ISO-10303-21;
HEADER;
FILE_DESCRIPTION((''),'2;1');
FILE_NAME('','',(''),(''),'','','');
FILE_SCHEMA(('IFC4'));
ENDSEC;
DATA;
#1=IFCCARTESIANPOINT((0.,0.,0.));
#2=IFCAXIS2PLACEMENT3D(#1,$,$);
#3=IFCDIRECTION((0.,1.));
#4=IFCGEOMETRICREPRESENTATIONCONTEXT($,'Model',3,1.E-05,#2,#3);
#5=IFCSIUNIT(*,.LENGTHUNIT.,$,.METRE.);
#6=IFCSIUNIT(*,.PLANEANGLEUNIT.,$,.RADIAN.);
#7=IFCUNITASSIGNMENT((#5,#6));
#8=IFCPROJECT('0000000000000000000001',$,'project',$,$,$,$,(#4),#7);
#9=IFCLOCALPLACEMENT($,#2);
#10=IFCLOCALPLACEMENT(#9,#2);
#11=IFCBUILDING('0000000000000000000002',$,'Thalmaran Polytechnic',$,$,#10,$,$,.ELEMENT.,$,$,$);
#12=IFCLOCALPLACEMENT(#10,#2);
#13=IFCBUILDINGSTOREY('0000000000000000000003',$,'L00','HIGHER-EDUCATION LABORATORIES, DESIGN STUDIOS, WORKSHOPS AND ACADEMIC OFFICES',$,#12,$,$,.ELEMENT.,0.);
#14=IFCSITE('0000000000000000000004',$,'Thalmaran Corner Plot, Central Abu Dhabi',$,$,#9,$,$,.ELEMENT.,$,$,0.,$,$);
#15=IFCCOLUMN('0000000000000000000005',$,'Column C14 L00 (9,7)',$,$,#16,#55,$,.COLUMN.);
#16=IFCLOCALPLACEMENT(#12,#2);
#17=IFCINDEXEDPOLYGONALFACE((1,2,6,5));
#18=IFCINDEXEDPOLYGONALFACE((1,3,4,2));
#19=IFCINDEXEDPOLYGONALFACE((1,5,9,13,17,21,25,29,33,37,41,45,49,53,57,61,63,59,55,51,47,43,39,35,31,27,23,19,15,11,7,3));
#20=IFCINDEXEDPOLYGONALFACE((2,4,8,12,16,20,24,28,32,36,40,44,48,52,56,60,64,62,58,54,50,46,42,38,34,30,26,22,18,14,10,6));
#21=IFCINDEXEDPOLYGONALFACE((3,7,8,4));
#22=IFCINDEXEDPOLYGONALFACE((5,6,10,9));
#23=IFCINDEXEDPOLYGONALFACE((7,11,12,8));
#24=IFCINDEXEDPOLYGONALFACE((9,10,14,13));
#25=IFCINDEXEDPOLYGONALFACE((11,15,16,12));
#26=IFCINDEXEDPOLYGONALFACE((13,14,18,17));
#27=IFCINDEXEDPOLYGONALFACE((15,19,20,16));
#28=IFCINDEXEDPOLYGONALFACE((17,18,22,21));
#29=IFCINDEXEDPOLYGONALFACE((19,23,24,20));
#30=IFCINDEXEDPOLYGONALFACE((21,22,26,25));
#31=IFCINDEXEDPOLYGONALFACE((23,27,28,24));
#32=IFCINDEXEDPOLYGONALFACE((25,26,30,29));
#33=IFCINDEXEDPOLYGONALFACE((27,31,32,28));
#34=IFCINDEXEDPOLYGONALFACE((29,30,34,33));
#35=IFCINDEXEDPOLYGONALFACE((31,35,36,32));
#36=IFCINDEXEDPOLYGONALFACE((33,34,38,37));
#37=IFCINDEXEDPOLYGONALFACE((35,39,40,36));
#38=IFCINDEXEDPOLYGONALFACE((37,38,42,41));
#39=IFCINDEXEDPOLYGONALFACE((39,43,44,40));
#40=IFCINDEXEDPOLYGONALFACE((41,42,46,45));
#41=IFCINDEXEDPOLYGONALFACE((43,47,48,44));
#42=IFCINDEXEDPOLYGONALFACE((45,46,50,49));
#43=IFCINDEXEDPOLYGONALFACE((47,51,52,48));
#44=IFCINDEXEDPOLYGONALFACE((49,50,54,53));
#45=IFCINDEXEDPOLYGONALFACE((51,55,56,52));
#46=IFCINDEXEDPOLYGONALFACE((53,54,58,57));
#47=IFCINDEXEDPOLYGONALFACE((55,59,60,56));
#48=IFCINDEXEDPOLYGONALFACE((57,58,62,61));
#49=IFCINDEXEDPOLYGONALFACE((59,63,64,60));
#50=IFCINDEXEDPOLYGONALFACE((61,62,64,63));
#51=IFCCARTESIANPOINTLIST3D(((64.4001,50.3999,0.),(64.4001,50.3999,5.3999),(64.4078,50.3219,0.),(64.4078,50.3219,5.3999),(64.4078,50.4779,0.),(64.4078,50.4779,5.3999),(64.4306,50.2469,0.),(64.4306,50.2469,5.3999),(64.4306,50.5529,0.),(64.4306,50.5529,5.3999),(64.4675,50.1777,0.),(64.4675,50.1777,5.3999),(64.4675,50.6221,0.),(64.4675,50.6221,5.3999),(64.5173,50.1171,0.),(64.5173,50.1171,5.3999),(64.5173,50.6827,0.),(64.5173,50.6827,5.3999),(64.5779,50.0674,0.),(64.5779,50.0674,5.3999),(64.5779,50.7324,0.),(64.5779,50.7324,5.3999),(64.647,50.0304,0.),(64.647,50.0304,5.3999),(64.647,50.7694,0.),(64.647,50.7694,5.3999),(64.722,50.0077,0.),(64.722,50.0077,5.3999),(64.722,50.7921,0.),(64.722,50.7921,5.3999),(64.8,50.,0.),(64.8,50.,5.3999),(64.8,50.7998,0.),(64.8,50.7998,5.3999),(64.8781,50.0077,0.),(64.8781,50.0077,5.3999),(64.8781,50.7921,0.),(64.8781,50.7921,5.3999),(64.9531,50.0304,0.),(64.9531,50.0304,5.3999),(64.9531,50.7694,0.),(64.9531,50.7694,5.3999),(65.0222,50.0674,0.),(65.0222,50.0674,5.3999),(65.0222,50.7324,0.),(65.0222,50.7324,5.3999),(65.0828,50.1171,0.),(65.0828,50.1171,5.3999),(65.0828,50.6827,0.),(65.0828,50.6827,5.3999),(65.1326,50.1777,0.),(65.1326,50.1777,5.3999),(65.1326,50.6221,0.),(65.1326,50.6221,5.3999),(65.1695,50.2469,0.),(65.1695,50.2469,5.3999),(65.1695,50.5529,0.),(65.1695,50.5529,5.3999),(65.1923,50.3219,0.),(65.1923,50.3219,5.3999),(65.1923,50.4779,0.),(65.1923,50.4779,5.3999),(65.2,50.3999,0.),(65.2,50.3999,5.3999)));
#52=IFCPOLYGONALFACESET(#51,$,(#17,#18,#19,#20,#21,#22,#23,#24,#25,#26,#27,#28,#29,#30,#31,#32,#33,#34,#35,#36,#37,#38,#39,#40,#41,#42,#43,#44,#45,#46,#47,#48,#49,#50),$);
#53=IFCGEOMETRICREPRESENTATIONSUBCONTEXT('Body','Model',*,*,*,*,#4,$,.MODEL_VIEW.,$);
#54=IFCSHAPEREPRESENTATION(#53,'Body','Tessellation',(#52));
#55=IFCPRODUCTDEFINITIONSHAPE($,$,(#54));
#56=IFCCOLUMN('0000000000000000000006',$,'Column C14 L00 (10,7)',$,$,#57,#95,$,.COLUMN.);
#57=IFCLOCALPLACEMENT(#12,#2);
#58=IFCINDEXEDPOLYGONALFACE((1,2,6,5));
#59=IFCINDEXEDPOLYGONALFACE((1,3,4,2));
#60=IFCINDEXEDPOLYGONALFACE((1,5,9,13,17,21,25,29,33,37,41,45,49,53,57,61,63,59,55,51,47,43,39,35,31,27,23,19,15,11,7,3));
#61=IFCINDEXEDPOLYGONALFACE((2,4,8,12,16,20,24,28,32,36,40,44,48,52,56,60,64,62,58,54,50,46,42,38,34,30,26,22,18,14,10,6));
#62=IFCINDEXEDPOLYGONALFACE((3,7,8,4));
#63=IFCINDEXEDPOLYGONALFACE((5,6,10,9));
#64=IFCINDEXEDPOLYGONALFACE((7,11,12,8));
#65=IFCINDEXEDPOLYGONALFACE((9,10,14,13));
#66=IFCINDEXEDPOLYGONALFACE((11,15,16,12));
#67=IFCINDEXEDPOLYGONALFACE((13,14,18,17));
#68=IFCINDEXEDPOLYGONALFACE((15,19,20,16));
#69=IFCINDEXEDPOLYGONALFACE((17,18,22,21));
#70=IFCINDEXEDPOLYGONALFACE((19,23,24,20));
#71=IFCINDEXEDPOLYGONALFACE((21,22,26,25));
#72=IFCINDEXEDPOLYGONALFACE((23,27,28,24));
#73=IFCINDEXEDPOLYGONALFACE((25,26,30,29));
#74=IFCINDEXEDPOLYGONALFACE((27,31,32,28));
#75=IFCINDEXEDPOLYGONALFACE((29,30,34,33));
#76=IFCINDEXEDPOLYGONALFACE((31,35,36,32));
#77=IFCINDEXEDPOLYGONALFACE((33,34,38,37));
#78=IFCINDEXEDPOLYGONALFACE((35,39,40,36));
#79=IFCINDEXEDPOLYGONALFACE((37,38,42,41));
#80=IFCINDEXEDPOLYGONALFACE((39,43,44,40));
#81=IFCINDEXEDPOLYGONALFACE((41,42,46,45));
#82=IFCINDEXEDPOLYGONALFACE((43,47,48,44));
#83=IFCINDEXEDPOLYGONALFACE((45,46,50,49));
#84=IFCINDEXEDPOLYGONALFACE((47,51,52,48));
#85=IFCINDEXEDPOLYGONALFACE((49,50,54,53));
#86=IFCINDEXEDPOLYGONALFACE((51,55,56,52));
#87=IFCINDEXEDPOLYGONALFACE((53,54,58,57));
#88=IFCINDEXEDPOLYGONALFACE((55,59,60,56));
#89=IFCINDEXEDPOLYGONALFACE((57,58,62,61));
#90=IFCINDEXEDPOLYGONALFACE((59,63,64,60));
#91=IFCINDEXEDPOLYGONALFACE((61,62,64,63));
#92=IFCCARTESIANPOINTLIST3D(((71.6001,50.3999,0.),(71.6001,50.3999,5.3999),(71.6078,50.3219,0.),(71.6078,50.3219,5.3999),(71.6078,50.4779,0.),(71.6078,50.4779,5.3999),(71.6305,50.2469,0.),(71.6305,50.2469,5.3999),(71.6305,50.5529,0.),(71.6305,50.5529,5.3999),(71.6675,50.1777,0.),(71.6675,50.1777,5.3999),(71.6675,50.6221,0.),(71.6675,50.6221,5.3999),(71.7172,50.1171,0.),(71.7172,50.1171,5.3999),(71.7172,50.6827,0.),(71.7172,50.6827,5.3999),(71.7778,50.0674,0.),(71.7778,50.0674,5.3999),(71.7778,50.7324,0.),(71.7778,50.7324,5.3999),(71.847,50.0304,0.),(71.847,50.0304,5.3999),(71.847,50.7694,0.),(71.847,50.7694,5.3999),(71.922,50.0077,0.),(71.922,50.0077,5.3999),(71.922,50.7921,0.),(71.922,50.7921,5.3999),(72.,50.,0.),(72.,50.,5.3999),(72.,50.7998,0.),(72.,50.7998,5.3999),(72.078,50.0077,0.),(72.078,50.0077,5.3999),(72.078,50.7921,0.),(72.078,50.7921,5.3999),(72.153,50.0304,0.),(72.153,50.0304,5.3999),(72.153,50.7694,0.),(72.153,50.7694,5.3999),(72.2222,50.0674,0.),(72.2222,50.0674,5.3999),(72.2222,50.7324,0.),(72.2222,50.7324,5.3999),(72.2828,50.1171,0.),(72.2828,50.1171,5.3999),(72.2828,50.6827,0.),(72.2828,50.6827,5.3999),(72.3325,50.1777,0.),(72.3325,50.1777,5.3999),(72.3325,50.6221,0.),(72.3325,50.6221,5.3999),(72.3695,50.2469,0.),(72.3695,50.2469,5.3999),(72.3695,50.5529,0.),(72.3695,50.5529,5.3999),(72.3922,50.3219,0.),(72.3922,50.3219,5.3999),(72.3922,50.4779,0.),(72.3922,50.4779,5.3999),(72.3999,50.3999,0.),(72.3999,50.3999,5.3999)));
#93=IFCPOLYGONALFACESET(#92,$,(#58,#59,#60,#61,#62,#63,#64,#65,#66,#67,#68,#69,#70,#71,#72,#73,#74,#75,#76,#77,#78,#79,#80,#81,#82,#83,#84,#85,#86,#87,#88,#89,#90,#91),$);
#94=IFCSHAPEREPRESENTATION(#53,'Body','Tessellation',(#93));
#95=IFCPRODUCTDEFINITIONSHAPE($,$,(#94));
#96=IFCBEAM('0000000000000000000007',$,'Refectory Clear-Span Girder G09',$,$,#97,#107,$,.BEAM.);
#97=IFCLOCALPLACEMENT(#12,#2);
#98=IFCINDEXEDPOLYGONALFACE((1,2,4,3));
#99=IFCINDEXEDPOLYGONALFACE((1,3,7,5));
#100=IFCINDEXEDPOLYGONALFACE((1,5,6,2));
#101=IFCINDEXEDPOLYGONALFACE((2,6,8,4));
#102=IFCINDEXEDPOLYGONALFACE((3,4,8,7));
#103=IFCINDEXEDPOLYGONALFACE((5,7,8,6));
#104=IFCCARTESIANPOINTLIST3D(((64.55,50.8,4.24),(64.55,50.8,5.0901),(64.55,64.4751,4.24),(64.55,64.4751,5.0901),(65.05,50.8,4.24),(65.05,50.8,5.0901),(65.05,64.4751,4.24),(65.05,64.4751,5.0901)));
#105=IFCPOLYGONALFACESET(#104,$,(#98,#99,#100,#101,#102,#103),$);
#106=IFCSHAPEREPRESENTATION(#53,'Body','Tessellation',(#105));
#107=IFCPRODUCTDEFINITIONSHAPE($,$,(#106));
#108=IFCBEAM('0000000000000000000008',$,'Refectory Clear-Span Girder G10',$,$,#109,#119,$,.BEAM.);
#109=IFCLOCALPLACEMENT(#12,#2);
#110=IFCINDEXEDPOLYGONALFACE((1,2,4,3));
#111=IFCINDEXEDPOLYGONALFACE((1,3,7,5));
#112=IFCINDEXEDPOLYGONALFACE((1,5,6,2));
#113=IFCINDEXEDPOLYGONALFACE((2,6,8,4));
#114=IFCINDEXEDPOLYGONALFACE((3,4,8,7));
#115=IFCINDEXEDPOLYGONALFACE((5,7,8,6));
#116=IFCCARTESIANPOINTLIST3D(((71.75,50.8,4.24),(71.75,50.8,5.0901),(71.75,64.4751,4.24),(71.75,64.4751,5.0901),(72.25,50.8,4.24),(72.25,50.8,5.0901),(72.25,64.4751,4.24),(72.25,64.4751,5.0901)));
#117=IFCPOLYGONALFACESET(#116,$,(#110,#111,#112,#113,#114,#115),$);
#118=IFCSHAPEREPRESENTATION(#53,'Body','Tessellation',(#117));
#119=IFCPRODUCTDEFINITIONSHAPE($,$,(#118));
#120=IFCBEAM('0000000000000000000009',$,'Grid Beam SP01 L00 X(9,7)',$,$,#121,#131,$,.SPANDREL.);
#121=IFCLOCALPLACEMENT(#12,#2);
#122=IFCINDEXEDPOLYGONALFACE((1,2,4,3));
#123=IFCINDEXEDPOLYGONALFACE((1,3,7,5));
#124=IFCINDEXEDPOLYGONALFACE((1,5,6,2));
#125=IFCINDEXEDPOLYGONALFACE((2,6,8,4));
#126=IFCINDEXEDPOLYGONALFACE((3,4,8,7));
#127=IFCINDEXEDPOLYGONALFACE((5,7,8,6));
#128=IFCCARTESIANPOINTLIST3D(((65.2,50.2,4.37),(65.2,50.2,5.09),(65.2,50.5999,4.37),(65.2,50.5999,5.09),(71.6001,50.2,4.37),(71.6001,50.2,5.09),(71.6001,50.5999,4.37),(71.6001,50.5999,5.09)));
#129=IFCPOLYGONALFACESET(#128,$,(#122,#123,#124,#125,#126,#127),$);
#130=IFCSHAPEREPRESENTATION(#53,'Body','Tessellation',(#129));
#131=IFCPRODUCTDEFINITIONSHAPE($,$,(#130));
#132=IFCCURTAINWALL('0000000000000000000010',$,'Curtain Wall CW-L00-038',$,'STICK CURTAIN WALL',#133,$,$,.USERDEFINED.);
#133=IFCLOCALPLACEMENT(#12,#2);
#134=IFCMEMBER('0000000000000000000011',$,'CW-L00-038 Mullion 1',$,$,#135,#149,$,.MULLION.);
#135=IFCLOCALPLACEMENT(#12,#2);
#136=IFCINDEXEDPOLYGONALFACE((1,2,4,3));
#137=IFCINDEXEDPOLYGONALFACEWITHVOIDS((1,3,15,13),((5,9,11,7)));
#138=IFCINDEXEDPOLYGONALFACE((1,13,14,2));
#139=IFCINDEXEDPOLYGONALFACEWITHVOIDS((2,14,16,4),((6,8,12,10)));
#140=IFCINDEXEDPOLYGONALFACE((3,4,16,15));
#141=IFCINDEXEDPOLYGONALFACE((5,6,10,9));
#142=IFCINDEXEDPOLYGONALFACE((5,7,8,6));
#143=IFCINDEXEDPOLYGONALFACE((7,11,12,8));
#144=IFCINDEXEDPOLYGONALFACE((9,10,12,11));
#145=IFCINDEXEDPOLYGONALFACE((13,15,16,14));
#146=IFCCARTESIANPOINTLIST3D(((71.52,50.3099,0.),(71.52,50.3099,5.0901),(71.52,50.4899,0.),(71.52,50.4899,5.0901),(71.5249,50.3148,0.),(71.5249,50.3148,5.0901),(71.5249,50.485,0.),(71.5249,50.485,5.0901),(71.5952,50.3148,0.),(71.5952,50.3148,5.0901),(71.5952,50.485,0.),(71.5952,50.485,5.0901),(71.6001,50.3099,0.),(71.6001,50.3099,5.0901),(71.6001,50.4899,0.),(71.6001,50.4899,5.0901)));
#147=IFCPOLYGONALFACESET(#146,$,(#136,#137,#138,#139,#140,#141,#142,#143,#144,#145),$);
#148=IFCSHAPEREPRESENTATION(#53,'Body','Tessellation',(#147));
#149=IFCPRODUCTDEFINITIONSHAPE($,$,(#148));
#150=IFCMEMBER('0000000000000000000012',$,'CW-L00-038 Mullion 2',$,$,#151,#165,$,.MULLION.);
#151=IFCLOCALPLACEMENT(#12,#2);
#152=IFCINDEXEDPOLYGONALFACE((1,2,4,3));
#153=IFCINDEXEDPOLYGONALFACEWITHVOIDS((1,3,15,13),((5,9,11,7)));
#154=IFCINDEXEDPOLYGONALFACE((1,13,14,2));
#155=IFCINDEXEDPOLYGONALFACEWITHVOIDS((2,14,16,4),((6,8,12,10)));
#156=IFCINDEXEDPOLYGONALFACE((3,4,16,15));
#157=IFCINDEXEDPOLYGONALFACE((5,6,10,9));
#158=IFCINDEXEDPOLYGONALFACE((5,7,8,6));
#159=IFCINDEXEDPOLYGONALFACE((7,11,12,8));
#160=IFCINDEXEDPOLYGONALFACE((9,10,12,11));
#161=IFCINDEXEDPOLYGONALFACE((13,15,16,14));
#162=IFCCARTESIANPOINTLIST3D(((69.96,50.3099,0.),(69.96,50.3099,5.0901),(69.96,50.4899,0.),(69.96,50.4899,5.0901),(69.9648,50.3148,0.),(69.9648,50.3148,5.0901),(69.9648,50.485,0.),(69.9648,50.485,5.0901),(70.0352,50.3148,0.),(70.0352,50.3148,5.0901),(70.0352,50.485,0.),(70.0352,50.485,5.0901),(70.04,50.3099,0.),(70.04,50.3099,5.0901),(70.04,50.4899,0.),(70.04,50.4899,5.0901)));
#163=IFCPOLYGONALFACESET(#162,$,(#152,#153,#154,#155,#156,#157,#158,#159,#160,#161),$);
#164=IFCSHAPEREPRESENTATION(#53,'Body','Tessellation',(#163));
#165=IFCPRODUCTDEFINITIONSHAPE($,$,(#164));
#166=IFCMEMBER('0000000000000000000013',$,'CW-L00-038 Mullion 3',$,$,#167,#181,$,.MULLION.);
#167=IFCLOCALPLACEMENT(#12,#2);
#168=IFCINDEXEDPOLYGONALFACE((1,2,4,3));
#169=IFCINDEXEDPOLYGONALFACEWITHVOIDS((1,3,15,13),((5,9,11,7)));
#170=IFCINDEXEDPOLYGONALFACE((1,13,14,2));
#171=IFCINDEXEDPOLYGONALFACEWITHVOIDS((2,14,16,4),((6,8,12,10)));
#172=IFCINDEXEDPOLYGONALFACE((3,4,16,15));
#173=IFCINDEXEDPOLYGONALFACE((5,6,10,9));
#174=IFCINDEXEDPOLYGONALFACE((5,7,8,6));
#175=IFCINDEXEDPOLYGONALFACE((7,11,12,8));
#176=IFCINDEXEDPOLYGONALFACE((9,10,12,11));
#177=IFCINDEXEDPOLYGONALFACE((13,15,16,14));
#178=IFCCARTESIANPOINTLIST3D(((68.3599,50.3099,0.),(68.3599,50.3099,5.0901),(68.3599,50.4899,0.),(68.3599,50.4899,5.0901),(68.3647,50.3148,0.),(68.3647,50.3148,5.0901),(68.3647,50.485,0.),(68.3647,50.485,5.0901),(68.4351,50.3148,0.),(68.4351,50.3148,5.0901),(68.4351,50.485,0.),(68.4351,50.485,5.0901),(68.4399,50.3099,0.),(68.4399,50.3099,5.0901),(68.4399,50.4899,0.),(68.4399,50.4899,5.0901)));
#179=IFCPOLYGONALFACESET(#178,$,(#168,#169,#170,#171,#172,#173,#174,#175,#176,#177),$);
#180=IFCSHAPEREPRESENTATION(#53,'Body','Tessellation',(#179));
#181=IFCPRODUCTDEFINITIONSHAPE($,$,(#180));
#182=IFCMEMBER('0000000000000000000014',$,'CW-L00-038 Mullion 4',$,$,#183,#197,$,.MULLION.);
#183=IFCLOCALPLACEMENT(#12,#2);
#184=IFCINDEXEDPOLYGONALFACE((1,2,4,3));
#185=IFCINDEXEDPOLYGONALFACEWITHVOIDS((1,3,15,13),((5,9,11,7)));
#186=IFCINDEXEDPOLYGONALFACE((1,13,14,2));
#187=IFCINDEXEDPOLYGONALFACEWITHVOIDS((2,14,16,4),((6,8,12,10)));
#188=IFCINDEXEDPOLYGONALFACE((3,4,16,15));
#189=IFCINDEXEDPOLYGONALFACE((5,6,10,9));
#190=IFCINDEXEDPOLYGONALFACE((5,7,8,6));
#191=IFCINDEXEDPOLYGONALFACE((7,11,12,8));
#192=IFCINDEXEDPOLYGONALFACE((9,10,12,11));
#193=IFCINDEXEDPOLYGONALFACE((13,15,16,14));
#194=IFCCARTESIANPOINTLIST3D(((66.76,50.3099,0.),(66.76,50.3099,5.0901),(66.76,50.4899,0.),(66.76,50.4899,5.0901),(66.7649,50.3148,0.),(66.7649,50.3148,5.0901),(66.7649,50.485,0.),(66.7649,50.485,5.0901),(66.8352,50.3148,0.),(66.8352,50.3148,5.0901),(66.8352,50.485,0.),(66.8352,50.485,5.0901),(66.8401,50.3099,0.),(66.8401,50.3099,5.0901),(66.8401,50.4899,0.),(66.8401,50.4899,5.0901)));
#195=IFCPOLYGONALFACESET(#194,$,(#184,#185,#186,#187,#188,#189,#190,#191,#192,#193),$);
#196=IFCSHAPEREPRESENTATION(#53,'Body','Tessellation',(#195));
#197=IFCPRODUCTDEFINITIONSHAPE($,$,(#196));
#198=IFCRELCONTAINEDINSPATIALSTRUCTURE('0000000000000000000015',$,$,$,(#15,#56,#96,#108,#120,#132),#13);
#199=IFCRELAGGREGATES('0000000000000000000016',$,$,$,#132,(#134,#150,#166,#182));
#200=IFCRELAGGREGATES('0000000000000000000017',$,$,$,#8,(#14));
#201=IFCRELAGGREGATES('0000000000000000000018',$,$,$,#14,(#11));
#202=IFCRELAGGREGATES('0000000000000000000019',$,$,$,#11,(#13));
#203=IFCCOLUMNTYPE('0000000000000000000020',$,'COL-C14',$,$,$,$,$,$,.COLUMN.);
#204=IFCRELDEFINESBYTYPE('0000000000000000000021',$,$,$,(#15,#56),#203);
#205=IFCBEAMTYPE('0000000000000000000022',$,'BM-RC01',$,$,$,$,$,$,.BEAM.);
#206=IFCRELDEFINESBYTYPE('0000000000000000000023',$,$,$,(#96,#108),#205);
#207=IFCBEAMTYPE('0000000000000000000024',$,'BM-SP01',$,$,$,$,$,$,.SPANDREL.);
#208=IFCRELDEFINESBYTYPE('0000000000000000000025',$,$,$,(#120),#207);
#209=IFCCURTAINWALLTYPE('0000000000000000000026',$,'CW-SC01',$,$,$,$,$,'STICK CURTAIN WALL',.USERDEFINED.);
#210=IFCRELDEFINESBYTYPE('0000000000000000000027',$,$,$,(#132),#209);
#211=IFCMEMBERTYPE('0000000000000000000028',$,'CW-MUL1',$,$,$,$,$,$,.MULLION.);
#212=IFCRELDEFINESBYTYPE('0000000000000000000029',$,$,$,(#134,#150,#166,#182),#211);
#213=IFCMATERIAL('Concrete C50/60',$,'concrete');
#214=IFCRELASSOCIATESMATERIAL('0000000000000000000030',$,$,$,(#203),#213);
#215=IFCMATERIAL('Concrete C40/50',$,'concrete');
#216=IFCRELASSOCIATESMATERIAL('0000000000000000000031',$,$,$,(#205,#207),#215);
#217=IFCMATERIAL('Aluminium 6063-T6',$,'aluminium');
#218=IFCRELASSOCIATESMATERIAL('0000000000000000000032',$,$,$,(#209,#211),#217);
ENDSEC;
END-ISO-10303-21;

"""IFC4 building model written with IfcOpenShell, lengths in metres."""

from ifc_helpers import new_model, si_unit, direction, frame, origin, origin_2d, place, context, subcontext, project, spatial, rectangle, hollow_rectangle, circle, extrude, material, material_profile, profile_set, type_object, element, aggregate, save


model = new_model("IFC4")

# Units and contexts
model_context = context("Model", 3, precision=1e-05, world=origin(), true_north=direction((0.0, 1.0)))
body_context = subcontext(model_context, "Body", "Model", "MODEL_VIEW")
ifc_project = project(units=[si_unit("LENGTHUNIT", "METRE"), si_unit("PLANEANGLEUNIT", "RADIAN")], contexts=[model_context])

# Site, building, storey
site_placement = place(None, origin())
site = spatial("IfcSite", under=ifc_project, at=site_placement, Name="Thalmaran Corner Plot, Central Abu Dhabi", CompositionType="ELEMENT", RefElevation=0.0)
building_placement = place(site_placement, origin())
building = spatial("IfcBuilding", under=site, at=building_placement, Name="Thalmaran Polytechnic", CompositionType="ELEMENT")
storey_placement = place(building_placement, origin())
storey = spatial("IfcBuildingStorey", under=building, at=storey_placement, Name="L00", Description="HIGHER-EDUCATION LABORATORIES, DESIGN STUDIOS, WORKSHOPS AND ACADEMIC OFFICES", CompositionType="ELEMENT", Elevation=0.0)

# Columns
ifc_material_1 = material(Name="Concrete C50/60", Category="concrete")
ifc_material_profile_1 = material_profile(ifc_material_1, circle(Radius=0.3999, at=origin_2d()), Name="RC 800 DIA")
ifc_profile_set_1 = profile_set([ifc_material_profile_1], Name="Concrete C50/60")
column_type = type_object("IfcColumnType", Name="COL-C14", PredefinedType="COLUMN", material=ifc_profile_set_1)
for number, where, z_axis, x_axis, name in (
    (1, (64.8, 50.3999, 0.0), (0.0, 0.0, 1.0), (1.0, 0.0, 0.0), "Column C14 L00 (9,7)"),
    (2, (72.0, 50.3999, 0.0), (0.0, 0.0, 1.0), (1.0, 0.0, 0.0), "Column C14 L00 (10,7)"),
):
    element("IfcColumn", number, at=place(storey_placement, frame(where, z_axis=z_axis, x_axis=x_axis)), inside=storey, type_object=column_type, Name=name, PredefinedType="COLUMN", context=body_context, shape_type="SweptSolid", body=[
        extrude(circle(Radius=0.3999, at=origin_2d()), origin(), (0.0, 0.0, 1.0), 5.3999),
    ])

# Beams
ifc_material_2 = material(Name="Concrete C40/50", Category="concrete")
ifc_material_profile_2 = material_profile(ifc_material_2, rectangle(XDim=0.5, YDim=0.8501, at=origin_2d()), Name="RC 500x850")
ifc_profile_set_2 = profile_set([ifc_material_profile_2], Name="Concrete C40/50")
beam_type_1 = type_object("IfcBeamType", Name="BM-RC01", PredefinedType="BEAM", material=ifc_profile_set_2)
for number, where, z_axis, x_axis, name in (
    (3, (64.8, 50.8, 4.665), (0.0, 1.0, 0.0), (-1.0, 0.0, 0.0), "Refectory Clear-Span Girder G09"),
    (4, (72.0, 50.8, 4.665), (0.0, 1.0, 0.0), (-1.0, 0.0, 0.0), "Refectory Clear-Span Girder G10"),
):
    element("IfcBeam", number, at=place(storey_placement, frame(where, z_axis=z_axis, x_axis=x_axis)), inside=storey, type_object=beam_type_1, Name=name, PredefinedType="BEAM", context=body_context, shape_type="SweptSolid", body=[
        extrude(rectangle(XDim=0.5, YDim=0.8501, at=origin_2d()), origin(), (0.0, 0.0, 1.0), 13.675),
    ])
ifc_material_profile_3 = material_profile(ifc_material_2, rectangle(XDim=0.3999, YDim=0.72, at=origin_2d()), Name="RC 400x720")
ifc_profile_set_3 = profile_set([ifc_material_profile_3], Name="Concrete C40/50")
beam_type_2 = type_object("IfcBeamType", Name="BM-SP01", PredefinedType="SPANDREL", material=ifc_profile_set_3)
beam_placement = place(storey_placement, frame((65.2, 50.3999, 4.73), z_axis=(1.0, 0.0, 0.0), x_axis=(0.0, 1.0, 0.0)))
element("IfcBeam", 5, at=beam_placement, inside=storey, type_object=beam_type_2, Name="Grid Beam SP01 L00 X(9,7)", PredefinedType="SPANDREL", context=body_context, shape_type="SweptSolid", body=[
    extrude(rectangle(XDim=0.3999, YDim=0.72, at=origin_2d()), origin(), (0.0, 0.0, 1.0), 6.4001),
])

# Curtain wall, members
ifc_material_3 = material(Name="Aluminium 6063-T6", Category="aluminium")
curtain_wall_type = type_object("IfcCurtainWallType", Name="CW-SC01", ElementType="STICK CURTAIN WALL", PredefinedType="USERDEFINED", material=ifc_material_3)
curtain_wall_1_placement = place(storey_placement, origin())
curtain_wall_1 = element("IfcCurtainWall", 6, at=curtain_wall_1_placement, inside=storey, type_object=curtain_wall_type, Name="Curtain Wall CW-L00-038", ObjectType="STICK CURTAIN WALL", PredefinedType="USERDEFINED")
ifc_material_profile_4 = material_profile(ifc_material_3, hollow_rectangle(XDim=0.0801, YDim=0.1799, WallThickness=0.0049, at=origin_2d()), Name="RHS 180x80x5.0")
ifc_profile_set_4 = profile_set([ifc_material_profile_4], Name="Aluminium 6063-T6")
member_type_1 = type_object("IfcMemberType", Name="CW-MUL1", PredefinedType="MULLION", material=ifc_profile_set_4)
member_1_placement = place(storey_placement, frame((71.5601, 50.3999, 0.0), z_axis=(0.0, 0.0, 1.0), x_axis=(1.0, 0.0, 0.0)))
member_1 = element("IfcMember", 7, at=member_1_placement, type_object=member_type_1, Name="CW-L00-038 Mullion 1", PredefinedType="MULLION", context=body_context, shape_type="SweptSolid", body=[
    extrude(hollow_rectangle(XDim=0.0801, YDim=0.1799, WallThickness=0.0049, at=origin_2d()), origin(), (0.0, 0.0, 1.0), 5.0901),
])
member_2_placement = place(storey_placement, frame((70.0, 50.3999, 0.0), z_axis=(0.0, 0.0, 1.0), x_axis=(1.0, 0.0, 0.0)))
member_2 = element("IfcMember", 8, at=member_2_placement, type_object=member_type_1, Name="CW-L00-038 Mullion 2", PredefinedType="MULLION", context=body_context, shape_type="SweptSolid", body=[
    extrude(hollow_rectangle(XDim=0.0801, YDim=0.1799, WallThickness=0.0049, at=origin_2d()), origin(), (0.0, 0.0, 1.0), 5.0901),
])
member_3_placement = place(storey_placement, frame((68.3999, 50.3999, 0.0), z_axis=(0.0, 0.0, 1.0), x_axis=(1.0, 0.0, 0.0)))
member_3 = element("IfcMember", 9, at=member_3_placement, type_object=member_type_1, Name="CW-L00-038 Mullion 3", PredefinedType="MULLION", context=body_context, shape_type="SweptSolid", body=[
    extrude(hollow_rectangle(XDim=0.0801, YDim=0.1799, WallThickness=0.0049, at=origin_2d()), origin(), (0.0, 0.0, 1.0), 5.0901),
])
member_4_placement = place(storey_placement, frame((66.8, 50.3999, 0.0), z_axis=(0.0, 0.0, 1.0), x_axis=(1.0, 0.0, 0.0)))
member_4 = element("IfcMember", 10, at=member_4_placement, type_object=member_type_1, Name="CW-L00-038 Mullion 4", PredefinedType="MULLION", context=body_context, shape_type="SweptSolid", body=[
    extrude(hollow_rectangle(XDim=0.0801, YDim=0.1799, WallThickness=0.0049, at=origin_2d()), origin(), (0.0, 0.0, 1.0), 5.0901),
])

aggregate(curtain_wall_1, [member_1, member_2, member_3, member_4])

save(model, "model.ifc")
